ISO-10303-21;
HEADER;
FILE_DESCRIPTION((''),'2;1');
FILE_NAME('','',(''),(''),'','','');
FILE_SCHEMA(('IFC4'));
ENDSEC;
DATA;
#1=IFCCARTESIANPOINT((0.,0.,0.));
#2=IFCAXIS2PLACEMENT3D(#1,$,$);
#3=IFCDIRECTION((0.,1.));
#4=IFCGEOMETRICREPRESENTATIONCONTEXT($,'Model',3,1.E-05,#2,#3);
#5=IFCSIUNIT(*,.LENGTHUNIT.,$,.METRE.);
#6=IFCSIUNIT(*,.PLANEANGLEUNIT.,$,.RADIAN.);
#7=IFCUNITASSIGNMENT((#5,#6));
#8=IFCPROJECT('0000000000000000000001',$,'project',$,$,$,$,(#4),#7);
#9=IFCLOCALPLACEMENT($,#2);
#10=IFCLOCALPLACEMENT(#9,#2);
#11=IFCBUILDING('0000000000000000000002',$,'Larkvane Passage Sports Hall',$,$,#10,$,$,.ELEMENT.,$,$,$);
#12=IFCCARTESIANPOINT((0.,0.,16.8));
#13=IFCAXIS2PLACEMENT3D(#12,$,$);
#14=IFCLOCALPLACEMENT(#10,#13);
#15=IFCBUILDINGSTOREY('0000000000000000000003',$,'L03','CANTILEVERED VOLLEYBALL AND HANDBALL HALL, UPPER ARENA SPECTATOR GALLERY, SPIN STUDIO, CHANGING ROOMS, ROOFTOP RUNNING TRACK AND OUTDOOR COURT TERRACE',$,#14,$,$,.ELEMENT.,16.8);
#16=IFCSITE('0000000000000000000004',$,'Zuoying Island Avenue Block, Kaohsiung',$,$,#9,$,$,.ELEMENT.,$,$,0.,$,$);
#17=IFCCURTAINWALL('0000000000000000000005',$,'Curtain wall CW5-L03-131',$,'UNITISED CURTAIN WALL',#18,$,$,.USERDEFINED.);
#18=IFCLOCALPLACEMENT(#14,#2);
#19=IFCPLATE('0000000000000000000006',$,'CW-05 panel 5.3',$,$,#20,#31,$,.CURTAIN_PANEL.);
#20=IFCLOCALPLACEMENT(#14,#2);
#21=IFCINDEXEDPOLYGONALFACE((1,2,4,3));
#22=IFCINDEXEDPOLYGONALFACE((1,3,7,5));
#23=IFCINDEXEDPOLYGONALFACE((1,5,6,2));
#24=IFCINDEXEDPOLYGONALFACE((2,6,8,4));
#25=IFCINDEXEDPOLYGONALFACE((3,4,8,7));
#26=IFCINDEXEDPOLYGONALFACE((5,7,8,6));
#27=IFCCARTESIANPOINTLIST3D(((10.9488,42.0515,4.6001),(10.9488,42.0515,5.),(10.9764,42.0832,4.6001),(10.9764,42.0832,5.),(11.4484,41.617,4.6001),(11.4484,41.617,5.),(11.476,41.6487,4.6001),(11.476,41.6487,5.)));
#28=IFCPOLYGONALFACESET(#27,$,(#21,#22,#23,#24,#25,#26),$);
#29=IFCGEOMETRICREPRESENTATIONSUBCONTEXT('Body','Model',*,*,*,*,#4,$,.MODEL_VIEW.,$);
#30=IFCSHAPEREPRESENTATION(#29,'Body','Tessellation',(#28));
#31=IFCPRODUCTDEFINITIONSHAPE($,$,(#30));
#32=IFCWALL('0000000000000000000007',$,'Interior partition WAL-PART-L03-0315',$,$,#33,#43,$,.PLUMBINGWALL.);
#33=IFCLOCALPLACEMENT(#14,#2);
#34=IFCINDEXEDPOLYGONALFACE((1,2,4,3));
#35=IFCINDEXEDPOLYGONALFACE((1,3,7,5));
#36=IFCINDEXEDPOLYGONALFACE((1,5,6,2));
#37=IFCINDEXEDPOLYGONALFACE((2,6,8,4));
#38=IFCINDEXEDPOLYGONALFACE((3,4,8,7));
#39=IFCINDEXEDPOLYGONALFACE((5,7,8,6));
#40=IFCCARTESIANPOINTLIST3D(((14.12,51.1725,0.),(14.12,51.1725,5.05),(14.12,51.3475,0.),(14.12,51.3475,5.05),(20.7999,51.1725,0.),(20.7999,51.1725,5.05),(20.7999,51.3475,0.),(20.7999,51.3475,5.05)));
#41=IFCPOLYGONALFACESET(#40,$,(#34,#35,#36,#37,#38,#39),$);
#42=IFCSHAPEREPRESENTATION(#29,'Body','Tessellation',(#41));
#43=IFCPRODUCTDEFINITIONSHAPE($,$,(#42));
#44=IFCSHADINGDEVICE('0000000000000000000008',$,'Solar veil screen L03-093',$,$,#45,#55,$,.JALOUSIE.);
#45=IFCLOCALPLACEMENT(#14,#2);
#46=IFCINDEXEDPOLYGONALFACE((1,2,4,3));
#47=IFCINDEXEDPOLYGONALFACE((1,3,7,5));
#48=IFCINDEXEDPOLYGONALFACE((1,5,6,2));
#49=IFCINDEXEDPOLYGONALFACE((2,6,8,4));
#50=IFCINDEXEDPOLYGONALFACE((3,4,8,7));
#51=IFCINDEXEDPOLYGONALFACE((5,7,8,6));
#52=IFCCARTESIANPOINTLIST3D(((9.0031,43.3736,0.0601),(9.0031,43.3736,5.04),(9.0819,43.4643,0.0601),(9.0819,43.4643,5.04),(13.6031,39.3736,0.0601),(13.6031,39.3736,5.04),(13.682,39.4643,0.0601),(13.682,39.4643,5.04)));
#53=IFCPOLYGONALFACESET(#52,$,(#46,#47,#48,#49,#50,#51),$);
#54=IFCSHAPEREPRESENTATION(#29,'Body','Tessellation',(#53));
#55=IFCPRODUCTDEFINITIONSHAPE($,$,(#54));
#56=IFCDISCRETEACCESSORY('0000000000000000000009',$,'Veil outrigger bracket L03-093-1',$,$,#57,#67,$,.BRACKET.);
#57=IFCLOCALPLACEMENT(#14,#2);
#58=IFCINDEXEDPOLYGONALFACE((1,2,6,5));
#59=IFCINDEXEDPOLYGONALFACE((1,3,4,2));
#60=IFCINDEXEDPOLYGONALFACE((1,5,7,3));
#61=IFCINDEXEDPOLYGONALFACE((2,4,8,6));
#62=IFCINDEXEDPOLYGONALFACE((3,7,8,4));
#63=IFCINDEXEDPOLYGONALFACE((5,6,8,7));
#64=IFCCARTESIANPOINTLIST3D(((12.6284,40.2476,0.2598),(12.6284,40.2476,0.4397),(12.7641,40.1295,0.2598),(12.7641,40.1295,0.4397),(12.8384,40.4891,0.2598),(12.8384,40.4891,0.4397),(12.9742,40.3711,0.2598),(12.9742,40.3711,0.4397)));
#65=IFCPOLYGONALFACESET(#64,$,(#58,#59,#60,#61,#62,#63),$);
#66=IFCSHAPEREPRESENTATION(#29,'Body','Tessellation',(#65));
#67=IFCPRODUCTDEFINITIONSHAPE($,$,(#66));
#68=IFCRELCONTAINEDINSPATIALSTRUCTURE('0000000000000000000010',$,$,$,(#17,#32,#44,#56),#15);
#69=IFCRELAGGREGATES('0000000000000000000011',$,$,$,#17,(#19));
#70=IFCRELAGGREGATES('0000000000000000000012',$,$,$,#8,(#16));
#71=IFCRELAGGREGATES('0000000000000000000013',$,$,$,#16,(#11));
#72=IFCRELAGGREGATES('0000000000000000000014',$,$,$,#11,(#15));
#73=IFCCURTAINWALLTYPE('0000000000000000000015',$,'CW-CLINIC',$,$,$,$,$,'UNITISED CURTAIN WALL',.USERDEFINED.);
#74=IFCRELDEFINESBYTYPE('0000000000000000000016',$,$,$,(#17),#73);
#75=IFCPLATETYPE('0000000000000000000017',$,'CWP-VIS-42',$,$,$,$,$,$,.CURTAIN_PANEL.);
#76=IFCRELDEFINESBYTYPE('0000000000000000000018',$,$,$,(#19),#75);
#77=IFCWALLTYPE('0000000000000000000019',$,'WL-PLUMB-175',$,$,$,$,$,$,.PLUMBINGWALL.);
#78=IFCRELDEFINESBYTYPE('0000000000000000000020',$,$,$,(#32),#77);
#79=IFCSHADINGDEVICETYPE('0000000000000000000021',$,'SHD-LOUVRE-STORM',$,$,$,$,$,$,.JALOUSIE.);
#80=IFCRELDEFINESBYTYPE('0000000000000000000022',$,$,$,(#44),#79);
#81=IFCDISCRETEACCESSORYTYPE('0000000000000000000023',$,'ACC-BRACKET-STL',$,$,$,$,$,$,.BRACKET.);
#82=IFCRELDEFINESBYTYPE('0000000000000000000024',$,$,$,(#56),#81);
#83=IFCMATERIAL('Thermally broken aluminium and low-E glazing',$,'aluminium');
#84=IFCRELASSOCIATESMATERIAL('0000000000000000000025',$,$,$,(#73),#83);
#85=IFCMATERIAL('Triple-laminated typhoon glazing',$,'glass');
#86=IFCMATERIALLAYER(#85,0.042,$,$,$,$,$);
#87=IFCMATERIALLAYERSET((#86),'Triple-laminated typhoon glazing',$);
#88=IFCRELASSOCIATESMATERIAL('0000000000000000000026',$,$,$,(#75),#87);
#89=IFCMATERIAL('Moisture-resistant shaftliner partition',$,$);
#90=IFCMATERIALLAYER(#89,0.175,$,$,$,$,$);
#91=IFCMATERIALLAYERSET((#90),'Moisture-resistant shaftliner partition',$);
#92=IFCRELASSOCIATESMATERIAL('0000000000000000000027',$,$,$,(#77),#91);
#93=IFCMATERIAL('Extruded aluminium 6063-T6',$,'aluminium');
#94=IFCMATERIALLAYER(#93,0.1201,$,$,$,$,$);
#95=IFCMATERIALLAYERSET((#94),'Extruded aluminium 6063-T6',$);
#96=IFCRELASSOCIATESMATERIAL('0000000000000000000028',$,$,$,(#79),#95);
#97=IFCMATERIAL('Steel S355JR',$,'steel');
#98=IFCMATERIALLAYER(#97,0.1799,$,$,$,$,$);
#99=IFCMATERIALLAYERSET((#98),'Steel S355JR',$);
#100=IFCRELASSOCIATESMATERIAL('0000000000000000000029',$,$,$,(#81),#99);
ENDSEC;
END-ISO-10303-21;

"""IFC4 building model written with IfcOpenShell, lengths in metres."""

from ifc_helpers import new_model, si_unit, direction, frame, frame_2d, origin, origin_2d, place, context, subcontext, project, spatial, rectangle, extrude, material, layer, layer_set, type_object, element, aggregate, save


model = new_model("IFC4")

# Units and contexts
model_context = context("Model", 3, precision=1e-05, world=origin(), true_north=direction((0.0, 1.0)))
body_context = subcontext(model_context, "Body", "Model", "MODEL_VIEW")
ifc_project = project(units=[si_unit("LENGTHUNIT", "METRE"), si_unit("PLANEANGLEUNIT", "RADIAN")], contexts=[model_context])

# Site, building, storey
site_placement = place(None, origin())
site = spatial("IfcSite", under=ifc_project, at=site_placement, Name="Zuoying Island Avenue Block, Kaohsiung", CompositionType="ELEMENT", RefElevation=0.0)
building_placement = place(site_placement, origin())
building = spatial("IfcBuilding", under=site, at=building_placement, Name="Larkvane Passage Sports Hall", CompositionType="ELEMENT")
storey_placement = place(building_placement, frame((0.0, 0.0, 16.8)))
storey = spatial("IfcBuildingStorey", under=building, at=storey_placement, Name="L03", Description="CANTILEVERED VOLLEYBALL AND HANDBALL HALL, UPPER ARENA SPECTATOR GALLERY, SPIN STUDIO, CHANGING ROOMS, ROOFTOP RUNNING TRACK AND OUTDOOR COURT TERRACE", CompositionType="ELEMENT", Elevation=16.8)

# Curtain wall, plate
ifc_material_1 = material(Name="Thermally broken aluminium and low-E glazing", Category="aluminium")
curtain_wall_type = type_object("IfcCurtainWallType", Name="CW-CLINIC", ElementType="UNITISED CURTAIN WALL", PredefinedType="USERDEFINED", material=ifc_material_1)
curtain_wall_placement = place(storey_placement, origin())
curtain_wall = element("IfcCurtainWall", 1, at=curtain_wall_placement, inside=storey, type_object=curtain_wall_type, Name="Curtain wall CW5-L03-131", ObjectType="UNITISED CURTAIN WALL", PredefinedType="USERDEFINED")
ifc_material_2 = material(Name="Triple-laminated typhoon glazing", Category="glass")
ifc_layer_1 = layer(ifc_material_2, 0.042)
ifc_layer_set_1 = layer_set([ifc_layer_1], Name="Triple-laminated typhoon glazing")
plate_type_1 = type_object("IfcPlateType", Name="CWP-VIS-42", PredefinedType="CURTAIN_PANEL", material=ifc_layer_set_1)
plate_1_placement = place(storey_placement, frame((11.2124, 41.8501, 4.6001), z_axis=(0.0, 0.0, 1.0), x_axis=(-0.754606, 0.656179, 0.0)))
plate_1 = element("IfcPlate", 2, at=plate_1_placement, type_object=plate_type_1, Name="CW-05 panel 5.3", PredefinedType="CURTAIN_PANEL", context=body_context, shape_type="SweptSolid", body=[
    extrude(rectangle(XDim=0.6621, YDim=0.042, at=origin_2d()), origin(), (0.0, 0.0, 1.0), 0.3999),
])
aggregate(curtain_wall, [plate_1])

# Wall
ifc_material_3 = material(Name="Moisture-resistant shaftliner partition")
ifc_layer_2 = layer(ifc_material_3, 0.175)
ifc_layer_set_2 = layer_set([ifc_layer_2], Name="Moisture-resistant shaftliner partition")
wall_type = type_object("IfcWallType", Name="WL-PLUMB-175", PredefinedType="PLUMBINGWALL", material=ifc_layer_set_2)
wall_placement = place(storey_placement, frame((14.1201, 51.26, 0.0), z_axis=(0.0, 0.0, 1.0), x_axis=(1.0, 0.0, 0.0)))
element("IfcWall", 3, at=wall_placement, inside=storey, type_object=wall_type, Name="Interior partition WAL-PART-L03-0315", PredefinedType="PLUMBINGWALL", context=body_context, shape_type="SweptSolid", body=[
    extrude(rectangle(XDim=6.6799, YDim=0.175, at=frame_2d((3.3398, 0.0))), origin(), (0.0, 0.0, 1.0), 5.05),
])

# Shading device
ifc_material_4 = material(Name="Extruded aluminium 6063-T6", Category="aluminium")
ifc_layer_3 = layer(ifc_material_4, 0.1201)
ifc_layer_set_3 = layer_set([ifc_layer_3], Name="Extruded aluminium 6063-T6")
shading_device_type = type_object("IfcShadingDeviceType", Name="SHD-LOUVRE-STORM", PredefinedType="JALOUSIE", material=ifc_layer_set_3)
shading_device_placement = place(storey_placement, frame((11.3425, 41.4189, 0.0601), z_axis=(0.0, 0.0, 1.0), x_axis=(-0.754606, 0.656179, 0.0)))
element("IfcShadingDevice", 4, at=shading_device_placement, inside=storey, type_object=shading_device_type, Name="Solar veil screen L03-093", PredefinedType="JALOUSIE", context=body_context, shape_type="SweptSolid", body=[
    extrude(rectangle(XDim=6.0959, YDim=0.1201, at=origin_2d()), origin(), (0.0, 0.0, 1.0), 4.98),
])

# Discrete accessory
ifc_material_5 = material(Name="Steel S355JR", Category="steel")
ifc_layer_4 = layer(ifc_material_5, 0.1799)
ifc_layer_set_4 = layer_set([ifc_layer_4], Name="Steel S355JR")
discrete_accessory_type = type_object("IfcDiscreteAccessoryType", Name="ACC-BRACKET-STL", PredefinedType="BRACKET", material=ifc_layer_set_4)
discrete_accessory_placement = place(storey_placement, frame((12.8013, 40.3093, 0.2598), z_axis=(0.0, 0.0, 1.0), x_axis=(-0.754606, 0.656179, 0.0)))
element("IfcDiscreteAccessory", 5, at=discrete_accessory_placement, inside=storey, type_object=discrete_accessory_type, Name="Veil outrigger bracket L03-093-1", PredefinedType="BRACKET", context=body_context, shape_type="SweptSolid", body=[
    extrude(rectangle(XDim=0.1799, YDim=0.3201, at=origin_2d()), origin(), (0.0, 0.0, 1.0), 0.1799),
])

save(model, "model.ifc")
